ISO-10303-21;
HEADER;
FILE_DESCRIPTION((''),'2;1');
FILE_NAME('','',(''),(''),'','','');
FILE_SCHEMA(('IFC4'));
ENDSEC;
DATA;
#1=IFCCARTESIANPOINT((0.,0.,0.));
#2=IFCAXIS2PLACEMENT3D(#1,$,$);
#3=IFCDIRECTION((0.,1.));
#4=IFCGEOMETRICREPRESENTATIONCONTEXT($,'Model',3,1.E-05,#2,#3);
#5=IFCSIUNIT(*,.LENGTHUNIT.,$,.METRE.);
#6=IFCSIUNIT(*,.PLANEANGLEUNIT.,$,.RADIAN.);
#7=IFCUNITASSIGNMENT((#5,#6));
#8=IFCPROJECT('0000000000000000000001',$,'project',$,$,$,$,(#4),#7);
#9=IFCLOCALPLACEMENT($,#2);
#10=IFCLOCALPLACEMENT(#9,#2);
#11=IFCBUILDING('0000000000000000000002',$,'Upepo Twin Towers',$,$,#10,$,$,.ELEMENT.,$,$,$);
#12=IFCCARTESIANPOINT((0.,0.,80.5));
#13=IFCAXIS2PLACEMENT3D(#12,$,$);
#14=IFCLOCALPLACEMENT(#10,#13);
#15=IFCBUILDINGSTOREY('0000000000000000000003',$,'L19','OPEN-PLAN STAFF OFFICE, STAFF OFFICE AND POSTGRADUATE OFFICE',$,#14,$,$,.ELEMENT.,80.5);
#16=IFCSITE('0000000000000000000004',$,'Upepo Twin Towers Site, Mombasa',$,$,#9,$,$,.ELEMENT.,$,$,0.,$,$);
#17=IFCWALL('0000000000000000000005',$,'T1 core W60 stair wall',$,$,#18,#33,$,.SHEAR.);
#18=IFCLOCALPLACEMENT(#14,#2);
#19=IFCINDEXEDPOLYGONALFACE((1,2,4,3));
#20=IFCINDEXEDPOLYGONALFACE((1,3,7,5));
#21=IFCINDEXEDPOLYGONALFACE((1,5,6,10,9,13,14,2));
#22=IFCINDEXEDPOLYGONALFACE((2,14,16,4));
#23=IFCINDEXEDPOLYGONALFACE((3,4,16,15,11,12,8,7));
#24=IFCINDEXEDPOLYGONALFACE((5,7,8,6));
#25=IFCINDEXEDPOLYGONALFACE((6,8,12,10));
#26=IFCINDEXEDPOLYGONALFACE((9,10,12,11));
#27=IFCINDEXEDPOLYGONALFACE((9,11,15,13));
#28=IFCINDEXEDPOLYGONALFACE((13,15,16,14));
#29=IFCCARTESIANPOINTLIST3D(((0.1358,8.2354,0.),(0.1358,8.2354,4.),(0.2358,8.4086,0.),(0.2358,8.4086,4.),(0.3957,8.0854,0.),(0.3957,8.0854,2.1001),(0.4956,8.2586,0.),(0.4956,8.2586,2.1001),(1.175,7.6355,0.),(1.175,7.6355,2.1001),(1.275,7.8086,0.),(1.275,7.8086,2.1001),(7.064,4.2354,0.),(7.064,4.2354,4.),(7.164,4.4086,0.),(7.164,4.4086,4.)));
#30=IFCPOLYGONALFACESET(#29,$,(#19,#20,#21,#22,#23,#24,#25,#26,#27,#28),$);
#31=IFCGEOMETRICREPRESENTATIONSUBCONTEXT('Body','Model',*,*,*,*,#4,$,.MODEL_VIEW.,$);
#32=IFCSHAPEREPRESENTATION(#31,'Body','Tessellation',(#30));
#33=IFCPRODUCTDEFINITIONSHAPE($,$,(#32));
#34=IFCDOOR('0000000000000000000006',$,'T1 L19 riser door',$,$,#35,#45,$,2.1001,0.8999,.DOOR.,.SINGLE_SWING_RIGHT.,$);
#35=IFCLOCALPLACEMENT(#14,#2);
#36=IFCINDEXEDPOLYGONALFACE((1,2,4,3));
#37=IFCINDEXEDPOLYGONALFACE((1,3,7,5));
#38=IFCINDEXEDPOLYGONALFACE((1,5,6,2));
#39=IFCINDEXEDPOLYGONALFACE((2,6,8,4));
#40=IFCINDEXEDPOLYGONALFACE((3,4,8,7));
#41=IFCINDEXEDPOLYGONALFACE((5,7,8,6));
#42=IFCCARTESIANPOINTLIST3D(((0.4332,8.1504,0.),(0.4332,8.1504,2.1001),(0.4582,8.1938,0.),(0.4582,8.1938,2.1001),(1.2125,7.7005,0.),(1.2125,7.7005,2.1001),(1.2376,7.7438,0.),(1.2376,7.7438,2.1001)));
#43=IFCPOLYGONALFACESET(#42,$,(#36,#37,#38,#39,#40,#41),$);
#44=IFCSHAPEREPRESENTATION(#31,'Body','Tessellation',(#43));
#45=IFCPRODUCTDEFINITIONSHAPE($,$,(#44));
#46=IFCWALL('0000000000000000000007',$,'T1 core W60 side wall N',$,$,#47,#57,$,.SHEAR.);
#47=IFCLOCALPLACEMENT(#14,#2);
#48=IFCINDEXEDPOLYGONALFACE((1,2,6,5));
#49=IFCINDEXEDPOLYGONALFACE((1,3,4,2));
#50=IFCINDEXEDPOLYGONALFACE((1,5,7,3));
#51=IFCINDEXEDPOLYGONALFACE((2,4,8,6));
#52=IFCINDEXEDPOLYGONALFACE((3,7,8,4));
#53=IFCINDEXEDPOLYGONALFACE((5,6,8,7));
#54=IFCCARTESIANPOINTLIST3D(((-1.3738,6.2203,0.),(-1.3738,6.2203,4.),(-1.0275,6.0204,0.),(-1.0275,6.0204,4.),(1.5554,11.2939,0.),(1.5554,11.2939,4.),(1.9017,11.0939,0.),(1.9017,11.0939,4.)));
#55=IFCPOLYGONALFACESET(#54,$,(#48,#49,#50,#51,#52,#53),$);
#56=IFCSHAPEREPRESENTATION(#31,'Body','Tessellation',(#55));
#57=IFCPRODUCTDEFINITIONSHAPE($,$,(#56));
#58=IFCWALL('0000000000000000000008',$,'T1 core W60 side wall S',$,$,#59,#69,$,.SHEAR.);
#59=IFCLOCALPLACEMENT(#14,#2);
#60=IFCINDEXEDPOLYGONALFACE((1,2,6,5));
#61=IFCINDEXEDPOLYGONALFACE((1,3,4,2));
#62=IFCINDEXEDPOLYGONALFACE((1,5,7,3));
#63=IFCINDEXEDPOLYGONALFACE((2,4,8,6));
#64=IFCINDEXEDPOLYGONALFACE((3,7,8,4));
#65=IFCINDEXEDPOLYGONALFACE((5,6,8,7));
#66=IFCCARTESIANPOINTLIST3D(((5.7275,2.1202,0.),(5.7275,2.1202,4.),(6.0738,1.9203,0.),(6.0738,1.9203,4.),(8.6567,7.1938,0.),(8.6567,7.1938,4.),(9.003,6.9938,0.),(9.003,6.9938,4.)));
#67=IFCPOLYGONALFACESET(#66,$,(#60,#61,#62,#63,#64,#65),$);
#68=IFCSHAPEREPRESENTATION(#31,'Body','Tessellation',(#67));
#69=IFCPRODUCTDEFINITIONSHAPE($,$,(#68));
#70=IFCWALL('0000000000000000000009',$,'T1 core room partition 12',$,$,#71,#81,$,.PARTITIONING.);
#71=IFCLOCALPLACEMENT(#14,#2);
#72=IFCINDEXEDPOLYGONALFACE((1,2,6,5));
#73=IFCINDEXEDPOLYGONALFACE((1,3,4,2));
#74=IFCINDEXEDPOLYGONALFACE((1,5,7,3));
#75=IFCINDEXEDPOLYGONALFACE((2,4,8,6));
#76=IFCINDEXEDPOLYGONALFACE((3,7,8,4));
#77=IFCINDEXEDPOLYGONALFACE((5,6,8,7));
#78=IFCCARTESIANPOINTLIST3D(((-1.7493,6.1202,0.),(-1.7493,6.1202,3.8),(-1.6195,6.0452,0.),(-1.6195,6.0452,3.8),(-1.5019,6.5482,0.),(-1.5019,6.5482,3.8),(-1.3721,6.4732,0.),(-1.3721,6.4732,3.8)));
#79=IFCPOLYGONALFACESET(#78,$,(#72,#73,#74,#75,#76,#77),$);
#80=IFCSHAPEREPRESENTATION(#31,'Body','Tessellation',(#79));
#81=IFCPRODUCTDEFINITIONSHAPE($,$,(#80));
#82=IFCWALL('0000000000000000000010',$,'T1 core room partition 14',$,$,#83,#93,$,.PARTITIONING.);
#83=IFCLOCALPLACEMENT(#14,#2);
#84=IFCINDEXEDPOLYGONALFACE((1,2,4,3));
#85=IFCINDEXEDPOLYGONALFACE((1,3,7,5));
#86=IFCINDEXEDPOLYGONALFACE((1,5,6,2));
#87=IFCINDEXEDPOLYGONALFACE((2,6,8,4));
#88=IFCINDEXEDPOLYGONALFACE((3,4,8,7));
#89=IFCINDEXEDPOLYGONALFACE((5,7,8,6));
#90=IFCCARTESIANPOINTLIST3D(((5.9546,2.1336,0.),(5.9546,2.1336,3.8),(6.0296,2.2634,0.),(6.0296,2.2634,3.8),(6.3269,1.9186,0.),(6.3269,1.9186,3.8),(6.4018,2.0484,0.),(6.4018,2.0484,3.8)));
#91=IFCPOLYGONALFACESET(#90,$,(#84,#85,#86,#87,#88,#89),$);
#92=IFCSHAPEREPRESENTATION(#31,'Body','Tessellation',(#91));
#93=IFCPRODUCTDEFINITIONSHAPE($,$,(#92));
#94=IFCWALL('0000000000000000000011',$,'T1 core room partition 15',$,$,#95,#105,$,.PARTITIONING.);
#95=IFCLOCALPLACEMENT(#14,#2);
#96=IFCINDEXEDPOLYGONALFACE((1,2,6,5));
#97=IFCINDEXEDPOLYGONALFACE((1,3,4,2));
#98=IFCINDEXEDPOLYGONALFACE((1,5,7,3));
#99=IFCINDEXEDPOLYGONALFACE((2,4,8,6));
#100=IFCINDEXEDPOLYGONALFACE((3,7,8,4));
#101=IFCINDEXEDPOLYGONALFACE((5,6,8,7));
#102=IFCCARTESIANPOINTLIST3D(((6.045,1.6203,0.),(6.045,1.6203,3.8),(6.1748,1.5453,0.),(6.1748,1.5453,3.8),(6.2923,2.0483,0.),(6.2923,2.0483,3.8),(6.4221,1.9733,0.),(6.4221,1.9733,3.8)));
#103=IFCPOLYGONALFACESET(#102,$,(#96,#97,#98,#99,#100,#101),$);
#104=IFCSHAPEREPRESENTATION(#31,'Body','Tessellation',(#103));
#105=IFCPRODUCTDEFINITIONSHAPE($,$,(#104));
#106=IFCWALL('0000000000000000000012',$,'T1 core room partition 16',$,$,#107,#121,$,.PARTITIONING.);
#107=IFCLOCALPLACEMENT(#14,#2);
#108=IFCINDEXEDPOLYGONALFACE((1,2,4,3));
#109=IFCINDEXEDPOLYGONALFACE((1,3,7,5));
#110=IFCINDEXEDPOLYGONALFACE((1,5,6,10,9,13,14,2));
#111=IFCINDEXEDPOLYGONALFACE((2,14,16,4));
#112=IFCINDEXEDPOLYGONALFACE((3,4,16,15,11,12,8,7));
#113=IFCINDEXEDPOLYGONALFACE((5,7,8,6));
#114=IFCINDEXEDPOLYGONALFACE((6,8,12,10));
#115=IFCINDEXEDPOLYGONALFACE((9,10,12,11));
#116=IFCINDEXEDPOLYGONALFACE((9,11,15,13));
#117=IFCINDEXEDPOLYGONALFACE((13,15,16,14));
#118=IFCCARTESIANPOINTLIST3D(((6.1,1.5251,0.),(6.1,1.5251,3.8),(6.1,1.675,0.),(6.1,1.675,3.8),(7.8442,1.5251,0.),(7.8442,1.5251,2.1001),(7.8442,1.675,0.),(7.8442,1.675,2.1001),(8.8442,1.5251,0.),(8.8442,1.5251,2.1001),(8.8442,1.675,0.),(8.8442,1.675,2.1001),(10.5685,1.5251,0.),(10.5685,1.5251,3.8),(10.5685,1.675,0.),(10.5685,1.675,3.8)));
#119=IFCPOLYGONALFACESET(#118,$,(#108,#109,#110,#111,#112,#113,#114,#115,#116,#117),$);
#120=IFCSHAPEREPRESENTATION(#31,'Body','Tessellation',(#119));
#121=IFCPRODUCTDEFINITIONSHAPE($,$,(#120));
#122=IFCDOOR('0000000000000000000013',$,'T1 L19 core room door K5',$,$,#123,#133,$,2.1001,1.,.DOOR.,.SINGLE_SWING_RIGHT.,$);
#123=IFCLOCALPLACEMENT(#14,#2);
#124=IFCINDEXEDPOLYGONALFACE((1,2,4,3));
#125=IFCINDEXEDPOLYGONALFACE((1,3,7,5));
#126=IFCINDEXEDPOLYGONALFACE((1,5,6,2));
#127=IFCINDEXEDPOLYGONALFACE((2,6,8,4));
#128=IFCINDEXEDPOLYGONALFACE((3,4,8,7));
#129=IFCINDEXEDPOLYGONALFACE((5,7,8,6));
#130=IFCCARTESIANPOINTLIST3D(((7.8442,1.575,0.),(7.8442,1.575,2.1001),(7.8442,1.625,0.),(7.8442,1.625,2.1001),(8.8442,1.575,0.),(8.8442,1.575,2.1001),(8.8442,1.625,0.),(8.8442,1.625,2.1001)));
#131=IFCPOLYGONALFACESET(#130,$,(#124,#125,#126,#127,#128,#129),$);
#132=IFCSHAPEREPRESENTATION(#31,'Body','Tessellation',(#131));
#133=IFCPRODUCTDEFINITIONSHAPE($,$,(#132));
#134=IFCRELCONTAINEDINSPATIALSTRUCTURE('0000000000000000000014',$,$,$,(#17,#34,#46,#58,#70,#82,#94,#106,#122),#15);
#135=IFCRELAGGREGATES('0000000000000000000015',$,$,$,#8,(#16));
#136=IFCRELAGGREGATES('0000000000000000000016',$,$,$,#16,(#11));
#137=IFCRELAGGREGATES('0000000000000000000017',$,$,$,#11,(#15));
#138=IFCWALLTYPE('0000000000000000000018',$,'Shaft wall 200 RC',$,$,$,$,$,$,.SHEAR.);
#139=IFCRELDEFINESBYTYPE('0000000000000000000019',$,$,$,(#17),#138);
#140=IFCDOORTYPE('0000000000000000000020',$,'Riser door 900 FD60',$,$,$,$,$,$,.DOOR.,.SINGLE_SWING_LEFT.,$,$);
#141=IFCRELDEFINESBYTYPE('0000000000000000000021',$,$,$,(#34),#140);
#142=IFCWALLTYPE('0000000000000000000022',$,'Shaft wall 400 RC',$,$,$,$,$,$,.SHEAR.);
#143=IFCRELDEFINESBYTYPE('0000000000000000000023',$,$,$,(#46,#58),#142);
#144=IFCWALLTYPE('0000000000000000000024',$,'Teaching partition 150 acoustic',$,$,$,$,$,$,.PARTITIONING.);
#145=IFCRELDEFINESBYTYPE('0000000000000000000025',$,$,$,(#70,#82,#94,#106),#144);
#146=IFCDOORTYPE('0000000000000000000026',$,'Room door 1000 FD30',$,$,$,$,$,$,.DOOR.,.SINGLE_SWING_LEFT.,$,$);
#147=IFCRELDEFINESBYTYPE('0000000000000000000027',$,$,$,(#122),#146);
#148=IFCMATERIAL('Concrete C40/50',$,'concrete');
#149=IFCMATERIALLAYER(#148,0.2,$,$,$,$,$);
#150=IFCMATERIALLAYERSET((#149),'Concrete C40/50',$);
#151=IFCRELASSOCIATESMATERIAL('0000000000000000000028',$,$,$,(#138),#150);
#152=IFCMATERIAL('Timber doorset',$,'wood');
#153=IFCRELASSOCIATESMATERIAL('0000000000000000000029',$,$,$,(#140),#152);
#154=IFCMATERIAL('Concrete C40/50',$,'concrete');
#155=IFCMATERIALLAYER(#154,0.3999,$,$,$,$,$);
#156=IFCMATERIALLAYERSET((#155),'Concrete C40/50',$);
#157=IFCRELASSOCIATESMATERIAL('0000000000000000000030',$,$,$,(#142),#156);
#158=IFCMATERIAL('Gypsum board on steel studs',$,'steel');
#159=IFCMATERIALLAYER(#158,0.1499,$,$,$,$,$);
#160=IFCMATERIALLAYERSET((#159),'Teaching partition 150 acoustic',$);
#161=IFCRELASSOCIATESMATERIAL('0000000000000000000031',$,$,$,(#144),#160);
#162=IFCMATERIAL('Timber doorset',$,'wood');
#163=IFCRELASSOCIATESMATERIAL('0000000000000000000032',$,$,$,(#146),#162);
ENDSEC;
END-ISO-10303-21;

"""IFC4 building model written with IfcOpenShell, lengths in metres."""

from ifc_helpers import new_model, si_unit, direction, frame, frame_2d, origin, place, context, subcontext, project, spatial, rectangle, extrude, material, layer, layer_set, type_object, element, fill, save


model = new_model("IFC4")

# Units and contexts
model_context = context("Model", 3, precision=1e-05, world=origin(), true_north=direction((0.0, 1.0)))
body_context = subcontext(model_context, "Body", "Model", "MODEL_VIEW")
ifc_project = project(units=[si_unit("LENGTHUNIT", "METRE"), si_unit("PLANEANGLEUNIT", "RADIAN")], contexts=[model_context])

# Site, building, storey
site_placement = place(None, origin())
site = spatial("IfcSite", under=ifc_project, at=site_placement, Name="Upepo Twin Towers Site, Mombasa", CompositionType="ELEMENT", RefElevation=0.0)
building_placement = place(site_placement, origin())
building = spatial("IfcBuilding", under=site, at=building_placement, Name="Upepo Twin Towers", CompositionType="ELEMENT")
storey_placement = place(building_placement, frame((0.0, 0.0, 80.5)))
storey = spatial("IfcBuildingStorey", under=building, at=storey_placement, Name="L19", Description="OPEN-PLAN STAFF OFFICE, STAFF OFFICE AND POSTGRADUATE OFFICE", CompositionType="ELEMENT", Elevation=80.5)

# Shared definitions
ifc_material_1 = material(Name="Concrete C40/50", Category="concrete")
ifc_layer_1 = layer(ifc_material_1, 0.2)
ifc_layer_set_1 = layer_set([ifc_layer_1], Name="Concrete C40/50")
wall_type_1 = type_object("IfcWallType", Name="Shaft wall 200 RC", PredefinedType="SHEAR", material=ifc_layer_set_1)

# Wall, opening, door
wall_1_placement = place(storey_placement, frame((7.114, 4.322, 0.0), z_axis=(0.0, 0.0, 1.0), x_axis=(-0.866026, 0.499999, 0.0)))
wall_1 = element("IfcWall", 1, at=wall_1_placement, inside=storey, type_object=wall_type_1, Name="T1 core W60 stair wall", PredefinedType="SHEAR", context=body_context, shape_type="SweptSolid", body=[
    extrude(rectangle(XDim=8.0, YDim=0.2, at=frame_2d((4.0, 0.0))), origin(), (0.0, 0.0, 1.0), 4.0),
])
opening_1_placement = place(wall_1_placement, frame((6.8, 0.0, 0.0)))
opening_1 = element("IfcOpeningElement", 2, at=opening_1_placement, cuts=wall_1, PredefinedType="OPENING", context=body_context, shape_type="SweptSolid", body=[
    extrude(rectangle(XDim=0.8999, YDim=2.1001, at=frame_2d((0.45, 1.05))), frame((0.0, 0.1099, 0.0), z_axis=(0.0, -1.0, 0.0), x_axis=(1.0, 0.0, 0.0)), (0.0, 0.0, 1.0), 0.22),
])
ifc_material_2 = material(Name="Timber doorset", Category="wood")
door_type_1 = type_object("IfcDoorType", Name="Riser door 900 FD60", OperationType="SINGLE_SWING_LEFT", PredefinedType="DOOR", material=ifc_material_2)
door_1_placement = place(opening_1_placement, origin())
door_1 = element("IfcDoor", 3, at=door_1_placement, inside=storey, type_object=door_type_1, Name="T1 L19 riser door", OperationType="SINGLE_SWING_RIGHT", OverallHeight=2.1001, OverallWidth=0.8999, PredefinedType="DOOR", context=body_context, shape_type="SweptSolid", body=[
    extrude(rectangle(XDim=0.8999, YDim=2.1001, at=frame_2d((0.45, 1.05))), frame((0.0, 0.0249, 0.0), z_axis=(0.0, -1.0, 0.0), x_axis=(1.0, 0.0, 0.0)), (0.0, 0.0, 1.0), 0.05),
])
fill(opening_1, door_1)

# Walls
ifc_material_3 = material(Name="Concrete C40/50", Category="concrete")
ifc_layer_2 = layer(ifc_material_3, 0.3999)
ifc_layer_set_2 = layer_set([ifc_layer_2], Name="Concrete C40/50")
wall_type_2 = type_object("IfcWallType", Name="Shaft wall 400 RC", PredefinedType="SHEAR", material=ifc_layer_set_2)
for number, where, z_axis, x_axis, name in (
    (4, (-1.2007, 6.1204, 0.0), (0.0, 0.0, 1.0), (0.500003, 0.866024, 0.0), "T1 core W60 side wall N"),
    (5, (5.9006, 2.0203, 0.0), (0.0, 0.0, 1.0), (0.500003, 0.866024, 0.0), "T1 core W60 side wall S"),
):
    element("IfcWall", number, at=place(storey_placement, frame(where, z_axis=z_axis, x_axis=x_axis)), inside=storey, type_object=wall_type_2, Name=name, PredefinedType="SHEAR", context=body_context, shape_type="SweptSolid", body=[
        extrude(rectangle(XDim=5.8584, YDim=0.3999, at=frame_2d((2.9292, 0.0))), origin(), (0.0, 0.0, 1.0), 4.0),
    ])
ifc_material_4 = material(Name="Gypsum board on steel studs", Category="steel")
ifc_layer_3 = layer(ifc_material_4, 0.1499)
ifc_layer_set_3 = layer_set([ifc_layer_3], Name="Teaching partition 150 acoustic")
wall_type_3 = type_object("IfcWallType", Name="Teaching partition 150 acoustic", PredefinedType="PARTITIONING", material=ifc_layer_set_3)
wall_2_placement = place(storey_placement, frame((-1.6843, 6.0828, 0.0), z_axis=(0.0, 0.0, 1.0), x_axis=(0.500335, 0.865832, 0.0)))
element("IfcWall", 6, at=wall_2_placement, inside=storey, type_object=wall_type_3, Name="T1 core room partition 12", PredefinedType="PARTITIONING", context=body_context, shape_type="SweptSolid", body=[
    extrude(rectangle(XDim=0.4944, YDim=0.1499, at=frame_2d((0.2471, 0.0))), origin(), (0.0, 0.0, 1.0), 3.8),
])
wall_3_placement = place(storey_placement, frame((5.9922, 2.1985, 0.0), z_axis=(0.0, 0.0, 1.0), x_axis=(0.865892, -0.50023, 0.0)))
element("IfcWall", 7, at=wall_3_placement, inside=storey, type_object=wall_type_3, Name="T1 core room partition 14", PredefinedType="PARTITIONING", context=body_context, shape_type="SweptSolid", body=[
    extrude(rectangle(XDim=0.4299, YDim=0.1499, at=frame_2d((0.2148, 0.0))), origin(), (0.0, 0.0, 1.0), 3.8),
])
wall_4_placement = place(storey_placement, frame((6.3572, 2.0107, 0.0), z_axis=(0.0, 0.0, 1.0), x_axis=(-0.500335, -0.865832, 0.0)))
element("IfcWall", 8, at=wall_4_placement, inside=storey, type_object=wall_type_3, Name="T1 core room partition 15", PredefinedType="PARTITIONING", context=body_context, shape_type="SweptSolid", body=[
    extrude(rectangle(XDim=0.4944, YDim=0.1499, at=frame_2d((0.2471, 0.0))), origin(), (0.0, 0.0, 1.0), 3.8),
])

# Wall, opening, door
wall_5_placement = place(storey_placement, frame((6.0999, 1.6001, 0.0), z_axis=(0.0, 0.0, 1.0), x_axis=(1.0, 0.0, 0.0)))
wall_5 = element("IfcWall", 9, at=wall_5_placement, inside=storey, type_object=wall_type_3, Name="T1 core room partition 16", PredefinedType="PARTITIONING", context=body_context, shape_type="SweptSolid", body=[
    extrude(rectangle(XDim=4.4685, YDim=0.1499, at=frame_2d((2.2344, 0.0))), origin(), (0.0, 0.0, 1.0), 3.8),
])
opening_2_placement = place(wall_5_placement, frame((1.7444, 0.0, 0.0)))
opening_2 = element("IfcOpeningElement", 10, at=opening_2_placement, cuts=wall_5, PredefinedType="OPENING", context=body_context, shape_type="SweptSolid", body=[
    extrude(rectangle(XDim=1.0, YDim=2.1001, at=frame_2d((0.5, 1.05))), frame((0.0, 0.085, 0.0), z_axis=(0.0, -1.0, 0.0), x_axis=(1.0, 0.0, 0.0)), (0.0, 0.0, 1.0), 0.1699),
])
ifc_material_5 = material(Name="Timber doorset", Category="wood")
door_type_2 = type_object("IfcDoorType", Name="Room door 1000 FD30", OperationType="SINGLE_SWING_LEFT", PredefinedType="DOOR", material=ifc_material_5)
door_2_placement = place(opening_2_placement, origin())
door_2 = element("IfcDoor", 11, at=door_2_placement, inside=storey, type_object=door_type_2, Name="T1 L19 core room door K5", OperationType="SINGLE_SWING_RIGHT", OverallHeight=2.1001, OverallWidth=1.0, PredefinedType="DOOR", context=body_context, shape_type="SweptSolid", body=[
    extrude(rectangle(XDim=1.0, YDim=2.1001, at=frame_2d((0.5, 1.05))), frame((0.0, 0.0249, 0.0), z_axis=(0.0, -1.0, 0.0), x_axis=(1.0, 0.0, 0.0)), (0.0, 0.0, 1.0), 0.05),
])
fill(opening_2, door_2)

save(model, "model.ifc")
